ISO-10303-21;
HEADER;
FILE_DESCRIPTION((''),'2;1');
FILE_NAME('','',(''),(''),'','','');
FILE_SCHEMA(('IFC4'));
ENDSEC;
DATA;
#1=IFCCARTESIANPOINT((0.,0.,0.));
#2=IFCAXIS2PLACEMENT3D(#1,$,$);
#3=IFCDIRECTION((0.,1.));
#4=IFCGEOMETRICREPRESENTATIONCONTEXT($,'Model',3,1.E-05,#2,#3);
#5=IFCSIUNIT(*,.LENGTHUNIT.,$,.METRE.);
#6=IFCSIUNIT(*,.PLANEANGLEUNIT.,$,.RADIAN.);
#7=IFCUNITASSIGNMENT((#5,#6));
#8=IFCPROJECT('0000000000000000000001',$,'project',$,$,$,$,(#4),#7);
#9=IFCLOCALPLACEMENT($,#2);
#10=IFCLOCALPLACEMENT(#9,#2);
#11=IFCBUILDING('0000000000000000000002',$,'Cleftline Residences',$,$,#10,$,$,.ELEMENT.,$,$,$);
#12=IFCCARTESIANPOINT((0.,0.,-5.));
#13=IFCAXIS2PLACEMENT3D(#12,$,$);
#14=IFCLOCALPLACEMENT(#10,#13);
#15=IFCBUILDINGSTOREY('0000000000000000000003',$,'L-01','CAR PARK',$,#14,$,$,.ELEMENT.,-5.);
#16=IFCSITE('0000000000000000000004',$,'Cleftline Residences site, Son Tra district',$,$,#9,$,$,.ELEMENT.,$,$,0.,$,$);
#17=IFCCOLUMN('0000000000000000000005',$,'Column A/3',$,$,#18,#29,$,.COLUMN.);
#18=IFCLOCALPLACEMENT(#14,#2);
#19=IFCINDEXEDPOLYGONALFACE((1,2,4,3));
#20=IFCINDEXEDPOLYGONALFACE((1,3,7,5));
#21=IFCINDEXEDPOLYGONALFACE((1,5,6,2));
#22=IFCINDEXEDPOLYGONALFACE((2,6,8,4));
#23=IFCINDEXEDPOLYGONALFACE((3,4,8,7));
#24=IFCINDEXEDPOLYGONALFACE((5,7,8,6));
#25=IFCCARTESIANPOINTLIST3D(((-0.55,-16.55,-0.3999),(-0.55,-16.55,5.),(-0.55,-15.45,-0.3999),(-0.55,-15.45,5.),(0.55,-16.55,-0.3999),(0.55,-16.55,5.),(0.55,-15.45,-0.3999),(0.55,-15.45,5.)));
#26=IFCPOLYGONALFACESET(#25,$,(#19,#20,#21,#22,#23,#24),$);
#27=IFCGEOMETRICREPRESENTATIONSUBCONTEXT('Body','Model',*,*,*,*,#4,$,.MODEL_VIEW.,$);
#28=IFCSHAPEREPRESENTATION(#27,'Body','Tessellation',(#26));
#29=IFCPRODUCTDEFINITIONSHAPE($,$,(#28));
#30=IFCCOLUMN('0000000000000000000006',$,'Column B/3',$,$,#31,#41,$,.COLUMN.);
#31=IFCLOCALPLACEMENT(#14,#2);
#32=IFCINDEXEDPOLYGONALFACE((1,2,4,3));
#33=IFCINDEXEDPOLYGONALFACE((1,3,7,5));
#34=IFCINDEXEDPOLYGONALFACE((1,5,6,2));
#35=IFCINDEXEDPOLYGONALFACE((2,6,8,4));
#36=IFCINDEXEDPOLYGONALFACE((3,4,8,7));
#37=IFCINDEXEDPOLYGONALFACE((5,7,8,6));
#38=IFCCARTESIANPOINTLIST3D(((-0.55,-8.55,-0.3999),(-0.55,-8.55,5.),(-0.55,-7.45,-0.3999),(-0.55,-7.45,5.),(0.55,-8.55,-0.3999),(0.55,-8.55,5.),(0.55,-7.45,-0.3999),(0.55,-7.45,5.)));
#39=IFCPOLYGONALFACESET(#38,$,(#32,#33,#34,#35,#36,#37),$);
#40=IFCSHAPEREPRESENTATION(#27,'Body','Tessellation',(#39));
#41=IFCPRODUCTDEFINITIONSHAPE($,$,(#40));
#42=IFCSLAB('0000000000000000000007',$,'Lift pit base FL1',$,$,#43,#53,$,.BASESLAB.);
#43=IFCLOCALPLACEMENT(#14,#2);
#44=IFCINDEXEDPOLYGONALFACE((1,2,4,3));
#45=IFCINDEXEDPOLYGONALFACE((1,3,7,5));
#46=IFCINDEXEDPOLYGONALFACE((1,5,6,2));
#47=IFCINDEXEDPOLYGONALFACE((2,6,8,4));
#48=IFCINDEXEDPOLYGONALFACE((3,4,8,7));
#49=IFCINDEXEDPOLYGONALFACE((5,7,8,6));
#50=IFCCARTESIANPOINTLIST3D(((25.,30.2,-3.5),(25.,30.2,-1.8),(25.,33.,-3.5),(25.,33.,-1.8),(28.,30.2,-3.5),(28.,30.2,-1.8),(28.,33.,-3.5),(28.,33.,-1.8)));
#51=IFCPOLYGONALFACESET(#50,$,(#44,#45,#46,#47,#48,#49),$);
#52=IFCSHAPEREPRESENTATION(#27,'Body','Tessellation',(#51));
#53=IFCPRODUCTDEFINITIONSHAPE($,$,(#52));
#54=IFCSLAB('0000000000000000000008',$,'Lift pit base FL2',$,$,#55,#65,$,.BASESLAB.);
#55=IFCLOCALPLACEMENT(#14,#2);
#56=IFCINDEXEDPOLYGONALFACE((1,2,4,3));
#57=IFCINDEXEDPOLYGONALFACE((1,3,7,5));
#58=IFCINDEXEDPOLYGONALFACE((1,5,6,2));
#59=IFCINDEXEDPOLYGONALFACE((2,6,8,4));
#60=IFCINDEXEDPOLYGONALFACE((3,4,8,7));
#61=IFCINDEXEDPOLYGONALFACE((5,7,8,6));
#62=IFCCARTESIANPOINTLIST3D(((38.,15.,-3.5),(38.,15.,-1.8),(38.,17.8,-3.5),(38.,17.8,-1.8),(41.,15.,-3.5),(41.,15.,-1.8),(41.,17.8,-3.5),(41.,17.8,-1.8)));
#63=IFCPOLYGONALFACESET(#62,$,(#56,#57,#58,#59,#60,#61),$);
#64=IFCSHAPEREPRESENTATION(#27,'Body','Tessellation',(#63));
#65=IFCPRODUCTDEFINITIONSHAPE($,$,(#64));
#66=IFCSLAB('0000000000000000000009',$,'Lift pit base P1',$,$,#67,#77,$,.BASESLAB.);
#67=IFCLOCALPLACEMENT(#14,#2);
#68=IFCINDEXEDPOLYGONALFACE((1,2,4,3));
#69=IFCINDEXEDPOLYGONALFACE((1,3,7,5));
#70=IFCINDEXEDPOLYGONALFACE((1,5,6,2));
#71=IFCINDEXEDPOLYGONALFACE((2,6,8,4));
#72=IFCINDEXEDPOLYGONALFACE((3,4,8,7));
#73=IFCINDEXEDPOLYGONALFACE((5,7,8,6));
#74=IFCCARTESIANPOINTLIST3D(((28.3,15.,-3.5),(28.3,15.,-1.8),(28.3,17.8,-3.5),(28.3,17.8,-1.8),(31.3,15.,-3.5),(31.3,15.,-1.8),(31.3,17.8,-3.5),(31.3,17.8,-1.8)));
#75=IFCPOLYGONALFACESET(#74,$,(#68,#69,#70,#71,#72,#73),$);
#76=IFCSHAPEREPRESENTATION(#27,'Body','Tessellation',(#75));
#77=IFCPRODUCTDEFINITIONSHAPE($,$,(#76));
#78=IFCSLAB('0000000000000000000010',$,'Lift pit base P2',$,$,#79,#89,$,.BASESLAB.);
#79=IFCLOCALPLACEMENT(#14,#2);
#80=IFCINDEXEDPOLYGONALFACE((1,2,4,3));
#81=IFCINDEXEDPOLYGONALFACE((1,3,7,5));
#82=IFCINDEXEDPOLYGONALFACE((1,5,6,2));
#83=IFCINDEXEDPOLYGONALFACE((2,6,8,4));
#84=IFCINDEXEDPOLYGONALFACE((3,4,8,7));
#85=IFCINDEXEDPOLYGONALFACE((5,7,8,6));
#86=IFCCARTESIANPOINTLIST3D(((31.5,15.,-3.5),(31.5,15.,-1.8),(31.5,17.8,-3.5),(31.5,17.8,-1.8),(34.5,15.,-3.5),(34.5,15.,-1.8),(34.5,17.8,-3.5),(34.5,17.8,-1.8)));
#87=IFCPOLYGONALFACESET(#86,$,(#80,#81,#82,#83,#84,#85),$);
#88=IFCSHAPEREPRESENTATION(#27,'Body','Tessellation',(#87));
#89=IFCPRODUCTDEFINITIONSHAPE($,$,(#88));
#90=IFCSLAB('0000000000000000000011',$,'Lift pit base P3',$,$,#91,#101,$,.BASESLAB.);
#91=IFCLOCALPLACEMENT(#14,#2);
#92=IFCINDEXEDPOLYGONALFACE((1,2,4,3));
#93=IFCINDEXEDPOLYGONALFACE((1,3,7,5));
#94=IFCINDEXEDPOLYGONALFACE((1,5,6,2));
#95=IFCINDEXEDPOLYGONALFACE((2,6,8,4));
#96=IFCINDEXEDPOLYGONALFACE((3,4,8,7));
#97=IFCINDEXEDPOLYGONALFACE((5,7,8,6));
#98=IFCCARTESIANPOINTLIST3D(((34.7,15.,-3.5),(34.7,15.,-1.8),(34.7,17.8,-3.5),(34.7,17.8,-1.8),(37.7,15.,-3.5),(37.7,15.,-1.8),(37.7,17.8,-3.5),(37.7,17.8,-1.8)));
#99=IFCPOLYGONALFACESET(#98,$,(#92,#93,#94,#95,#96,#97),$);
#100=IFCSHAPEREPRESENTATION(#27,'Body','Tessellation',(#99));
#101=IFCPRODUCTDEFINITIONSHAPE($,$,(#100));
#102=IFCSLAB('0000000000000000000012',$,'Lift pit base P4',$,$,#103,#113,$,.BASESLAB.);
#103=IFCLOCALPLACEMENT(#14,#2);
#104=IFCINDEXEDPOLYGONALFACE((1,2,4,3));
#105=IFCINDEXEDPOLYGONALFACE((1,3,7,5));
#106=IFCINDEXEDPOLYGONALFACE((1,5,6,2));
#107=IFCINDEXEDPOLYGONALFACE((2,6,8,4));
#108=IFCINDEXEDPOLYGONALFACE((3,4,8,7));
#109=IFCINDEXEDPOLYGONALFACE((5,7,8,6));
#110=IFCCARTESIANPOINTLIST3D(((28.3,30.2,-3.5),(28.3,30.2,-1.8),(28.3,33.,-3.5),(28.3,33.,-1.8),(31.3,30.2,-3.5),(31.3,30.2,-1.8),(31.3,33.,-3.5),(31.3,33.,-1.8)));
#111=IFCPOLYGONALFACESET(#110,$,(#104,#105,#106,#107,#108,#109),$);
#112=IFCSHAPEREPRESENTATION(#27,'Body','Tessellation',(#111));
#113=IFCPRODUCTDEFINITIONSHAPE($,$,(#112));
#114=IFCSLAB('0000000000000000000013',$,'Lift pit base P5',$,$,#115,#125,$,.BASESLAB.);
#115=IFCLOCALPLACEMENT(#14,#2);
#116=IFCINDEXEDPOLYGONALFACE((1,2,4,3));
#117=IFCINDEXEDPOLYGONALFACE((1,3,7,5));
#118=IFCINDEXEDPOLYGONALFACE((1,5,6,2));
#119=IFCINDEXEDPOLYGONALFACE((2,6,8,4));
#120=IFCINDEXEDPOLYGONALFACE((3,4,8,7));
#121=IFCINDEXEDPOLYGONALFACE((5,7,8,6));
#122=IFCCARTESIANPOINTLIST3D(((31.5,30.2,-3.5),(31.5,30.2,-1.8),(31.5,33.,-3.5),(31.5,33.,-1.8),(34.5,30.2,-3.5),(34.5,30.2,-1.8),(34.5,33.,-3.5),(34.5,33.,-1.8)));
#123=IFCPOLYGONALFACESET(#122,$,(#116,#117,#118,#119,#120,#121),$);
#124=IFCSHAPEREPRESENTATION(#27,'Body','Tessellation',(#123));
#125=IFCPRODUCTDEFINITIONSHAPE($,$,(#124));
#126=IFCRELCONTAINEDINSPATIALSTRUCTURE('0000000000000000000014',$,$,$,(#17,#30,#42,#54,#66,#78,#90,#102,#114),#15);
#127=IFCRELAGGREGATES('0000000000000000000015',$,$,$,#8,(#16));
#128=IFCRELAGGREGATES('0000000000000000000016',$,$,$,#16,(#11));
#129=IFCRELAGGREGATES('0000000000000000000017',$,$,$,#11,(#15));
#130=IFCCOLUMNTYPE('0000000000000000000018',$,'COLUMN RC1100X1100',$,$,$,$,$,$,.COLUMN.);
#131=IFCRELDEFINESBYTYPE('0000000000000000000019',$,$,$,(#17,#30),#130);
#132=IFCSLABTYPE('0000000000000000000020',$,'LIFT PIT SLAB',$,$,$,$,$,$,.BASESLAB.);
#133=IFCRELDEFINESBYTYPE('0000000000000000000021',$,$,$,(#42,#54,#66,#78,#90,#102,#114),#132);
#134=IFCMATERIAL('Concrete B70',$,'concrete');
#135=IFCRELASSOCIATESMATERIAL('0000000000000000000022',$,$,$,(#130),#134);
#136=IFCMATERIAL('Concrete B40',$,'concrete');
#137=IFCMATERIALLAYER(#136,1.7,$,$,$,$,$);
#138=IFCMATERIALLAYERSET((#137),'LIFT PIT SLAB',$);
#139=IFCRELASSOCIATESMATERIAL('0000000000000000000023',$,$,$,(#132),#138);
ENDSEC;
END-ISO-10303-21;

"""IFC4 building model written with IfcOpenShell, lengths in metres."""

from ifc_helpers import new_model, si_unit, direction, frame, origin, origin_2d, place, context, subcontext, project, spatial, polyline, rectangle, outline, extrude, material, layer, layer_set, material_profile, profile_set, type_object, element, save


model = new_model("IFC4")

# Units and contexts
model_context = context("Model", 3, precision=1e-05, world=origin(), true_north=direction((0.0, 1.0)))
body_context = subcontext(model_context, "Body", "Model", "MODEL_VIEW")
ifc_project = project(units=[si_unit("LENGTHUNIT", "METRE"), si_unit("PLANEANGLEUNIT", "RADIAN")], contexts=[model_context])

# Site, building, storey
site_placement = place(None, origin())
site = spatial("IfcSite", under=ifc_project, at=site_placement, Name="Cleftline Residences site, Son Tra district", CompositionType="ELEMENT", RefElevation=0.0)
building_placement = place(site_placement, origin())
building = spatial("IfcBuilding", under=site, at=building_placement, Name="Cleftline Residences", CompositionType="ELEMENT")
storey_placement = place(building_placement, frame((0.0, 0.0, -5.0)))
storey = spatial("IfcBuildingStorey", under=building, at=storey_placement, Name="L-01", Description="CAR PARK", CompositionType="ELEMENT", Elevation=-5.0)

# Columns
ifc_material_1 = material(Name="Concrete B70", Category="concrete")
ifc_material_profile_1 = material_profile(ifc_material_1, rectangle(XDim=1.1001, YDim=1.1001, at=origin_2d()))
ifc_profile_set_1 = profile_set([ifc_material_profile_1], Name="Concrete B70")
column_type = type_object("IfcColumnType", Name="COLUMN RC1100X1100", PredefinedType="COLUMN", material=ifc_profile_set_1)
for number, where, z_axis, x_axis, name in (
    (1, (0.0, -16.0, -0.3999), (0.0, 0.0, 1.0), (1.0, 0.0, 0.0), "Column A/3"),
    (2, (0.0, -8.0, -0.3999), (0.0, 0.0, 1.0), (1.0, 0.0, 0.0), "Column B/3"),
):
    element("IfcColumn", number, at=place(storey_placement, frame(where, z_axis=z_axis, x_axis=x_axis)), inside=storey, type_object=column_type, Name=name, PredefinedType="COLUMN", context=body_context, shape_type="SweptSolid", body=[
        extrude(rectangle(XDim=1.1001, YDim=1.1001, at=origin_2d()), origin(), (0.0, 0.0, 1.0), 5.3999),
    ])

# Slabs
ifc_material_2 = material(Name="Concrete B40", Category="concrete")
ifc_layer_1 = layer(ifc_material_2, 1.7)
ifc_layer_set_1 = layer_set([ifc_layer_1], Name="LIFT PIT SLAB")
slab_type = type_object("IfcSlabType", Name="LIFT PIT SLAB", PredefinedType="BASESLAB", material=ifc_layer_set_1)
slab_1_placement = place(storey_placement, frame((0.0, 0.0, -3.5)))
element("IfcSlab", 3, at=slab_1_placement, inside=storey, type_object=slab_type, Name="Lift pit base FL1", PredefinedType="BASESLAB", context=body_context, shape_type="SweptSolid", body=[
    extrude(outline(polyline([(28.0, 30.2), (28.0, 33.0), (25.0, 33.0), (25.0, 30.2), (28.0, 30.2)])), origin(), (0.0, 0.0, 1.0), 1.7),
])
slab_2_placement = place(storey_placement, frame((0.0, 0.0, -3.5)))
element("IfcSlab", 4, at=slab_2_placement, inside=storey, type_object=slab_type, Name="Lift pit base FL2", PredefinedType="BASESLAB", context=body_context, shape_type="SweptSolid", body=[
    extrude(outline(polyline([(41.0, 15.0), (41.0, 17.8), (38.0, 17.8), (38.0, 15.0), (41.0, 15.0)])), origin(), (0.0, 0.0, 1.0), 1.7),
])
slab_3_placement = place(storey_placement, frame((0.0, 0.0, -3.5)))
element("IfcSlab", 5, at=slab_3_placement, inside=storey, type_object=slab_type, Name="Lift pit base P1", PredefinedType="BASESLAB", context=body_context, shape_type="SweptSolid", body=[
    extrude(outline(polyline([(31.3, 15.0), (31.3, 17.8), (28.3, 17.8), (28.3, 15.0), (31.3, 15.0)])), origin(), (0.0, 0.0, 1.0), 1.7),
])
slab_4_placement = place(storey_placement, frame((0.0, 0.0, -3.5)))
element("IfcSlab", 6, at=slab_4_placement, inside=storey, type_object=slab_type, Name="Lift pit base P2", PredefinedType="BASESLAB", context=body_context, shape_type="SweptSolid", body=[
    extrude(outline(polyline([(34.5, 15.0), (34.5, 17.8), (31.5, 17.8), (31.5, 15.0), (34.5, 15.0)])), origin(), (0.0, 0.0, 1.0), 1.7),
])
slab_5_placement = place(storey_placement, frame((0.0, 0.0, -3.5)))
element("IfcSlab", 7, at=slab_5_placement, inside=storey, type_object=slab_type, Name="Lift pit base P3", PredefinedType="BASESLAB", context=body_context, shape_type="SweptSolid", body=[
    extrude(outline(polyline([(37.7, 15.0), (37.7, 17.8), (34.7, 17.8), (34.7, 15.0), (37.7, 15.0)])), origin(), (0.0, 0.0, 1.0), 1.7),
])
slab_6_placement = place(storey_placement, frame((0.0, 0.0, -3.5)))
element("IfcSlab", 8, at=slab_6_placement, inside=storey, type_object=slab_type, Name="Lift pit base P4", PredefinedType="BASESLAB", context=body_context, shape_type="SweptSolid", body=[
    extrude(outline(polyline([(31.3, 30.2), (31.3, 33.0), (28.3, 33.0), (28.3, 30.2), (31.3, 30.2)])), origin(), (0.0, 0.0, 1.0), 1.7),
])
slab_7_placement = place(storey_placement, frame((0.0, 0.0, -3.5)))
element("IfcSlab", 9, at=slab_7_placement, inside=storey, type_object=slab_type, Name="Lift pit base P5", PredefinedType="BASESLAB", context=body_context, shape_type="SweptSolid", body=[
    extrude(outline(polyline([(34.5, 30.2), (34.5, 33.0), (31.5, 33.0), (31.5, 30.2), (34.5, 30.2)])), origin(), (0.0, 0.0, 1.0), 1.7),
])

save(model, "model.ifc")
